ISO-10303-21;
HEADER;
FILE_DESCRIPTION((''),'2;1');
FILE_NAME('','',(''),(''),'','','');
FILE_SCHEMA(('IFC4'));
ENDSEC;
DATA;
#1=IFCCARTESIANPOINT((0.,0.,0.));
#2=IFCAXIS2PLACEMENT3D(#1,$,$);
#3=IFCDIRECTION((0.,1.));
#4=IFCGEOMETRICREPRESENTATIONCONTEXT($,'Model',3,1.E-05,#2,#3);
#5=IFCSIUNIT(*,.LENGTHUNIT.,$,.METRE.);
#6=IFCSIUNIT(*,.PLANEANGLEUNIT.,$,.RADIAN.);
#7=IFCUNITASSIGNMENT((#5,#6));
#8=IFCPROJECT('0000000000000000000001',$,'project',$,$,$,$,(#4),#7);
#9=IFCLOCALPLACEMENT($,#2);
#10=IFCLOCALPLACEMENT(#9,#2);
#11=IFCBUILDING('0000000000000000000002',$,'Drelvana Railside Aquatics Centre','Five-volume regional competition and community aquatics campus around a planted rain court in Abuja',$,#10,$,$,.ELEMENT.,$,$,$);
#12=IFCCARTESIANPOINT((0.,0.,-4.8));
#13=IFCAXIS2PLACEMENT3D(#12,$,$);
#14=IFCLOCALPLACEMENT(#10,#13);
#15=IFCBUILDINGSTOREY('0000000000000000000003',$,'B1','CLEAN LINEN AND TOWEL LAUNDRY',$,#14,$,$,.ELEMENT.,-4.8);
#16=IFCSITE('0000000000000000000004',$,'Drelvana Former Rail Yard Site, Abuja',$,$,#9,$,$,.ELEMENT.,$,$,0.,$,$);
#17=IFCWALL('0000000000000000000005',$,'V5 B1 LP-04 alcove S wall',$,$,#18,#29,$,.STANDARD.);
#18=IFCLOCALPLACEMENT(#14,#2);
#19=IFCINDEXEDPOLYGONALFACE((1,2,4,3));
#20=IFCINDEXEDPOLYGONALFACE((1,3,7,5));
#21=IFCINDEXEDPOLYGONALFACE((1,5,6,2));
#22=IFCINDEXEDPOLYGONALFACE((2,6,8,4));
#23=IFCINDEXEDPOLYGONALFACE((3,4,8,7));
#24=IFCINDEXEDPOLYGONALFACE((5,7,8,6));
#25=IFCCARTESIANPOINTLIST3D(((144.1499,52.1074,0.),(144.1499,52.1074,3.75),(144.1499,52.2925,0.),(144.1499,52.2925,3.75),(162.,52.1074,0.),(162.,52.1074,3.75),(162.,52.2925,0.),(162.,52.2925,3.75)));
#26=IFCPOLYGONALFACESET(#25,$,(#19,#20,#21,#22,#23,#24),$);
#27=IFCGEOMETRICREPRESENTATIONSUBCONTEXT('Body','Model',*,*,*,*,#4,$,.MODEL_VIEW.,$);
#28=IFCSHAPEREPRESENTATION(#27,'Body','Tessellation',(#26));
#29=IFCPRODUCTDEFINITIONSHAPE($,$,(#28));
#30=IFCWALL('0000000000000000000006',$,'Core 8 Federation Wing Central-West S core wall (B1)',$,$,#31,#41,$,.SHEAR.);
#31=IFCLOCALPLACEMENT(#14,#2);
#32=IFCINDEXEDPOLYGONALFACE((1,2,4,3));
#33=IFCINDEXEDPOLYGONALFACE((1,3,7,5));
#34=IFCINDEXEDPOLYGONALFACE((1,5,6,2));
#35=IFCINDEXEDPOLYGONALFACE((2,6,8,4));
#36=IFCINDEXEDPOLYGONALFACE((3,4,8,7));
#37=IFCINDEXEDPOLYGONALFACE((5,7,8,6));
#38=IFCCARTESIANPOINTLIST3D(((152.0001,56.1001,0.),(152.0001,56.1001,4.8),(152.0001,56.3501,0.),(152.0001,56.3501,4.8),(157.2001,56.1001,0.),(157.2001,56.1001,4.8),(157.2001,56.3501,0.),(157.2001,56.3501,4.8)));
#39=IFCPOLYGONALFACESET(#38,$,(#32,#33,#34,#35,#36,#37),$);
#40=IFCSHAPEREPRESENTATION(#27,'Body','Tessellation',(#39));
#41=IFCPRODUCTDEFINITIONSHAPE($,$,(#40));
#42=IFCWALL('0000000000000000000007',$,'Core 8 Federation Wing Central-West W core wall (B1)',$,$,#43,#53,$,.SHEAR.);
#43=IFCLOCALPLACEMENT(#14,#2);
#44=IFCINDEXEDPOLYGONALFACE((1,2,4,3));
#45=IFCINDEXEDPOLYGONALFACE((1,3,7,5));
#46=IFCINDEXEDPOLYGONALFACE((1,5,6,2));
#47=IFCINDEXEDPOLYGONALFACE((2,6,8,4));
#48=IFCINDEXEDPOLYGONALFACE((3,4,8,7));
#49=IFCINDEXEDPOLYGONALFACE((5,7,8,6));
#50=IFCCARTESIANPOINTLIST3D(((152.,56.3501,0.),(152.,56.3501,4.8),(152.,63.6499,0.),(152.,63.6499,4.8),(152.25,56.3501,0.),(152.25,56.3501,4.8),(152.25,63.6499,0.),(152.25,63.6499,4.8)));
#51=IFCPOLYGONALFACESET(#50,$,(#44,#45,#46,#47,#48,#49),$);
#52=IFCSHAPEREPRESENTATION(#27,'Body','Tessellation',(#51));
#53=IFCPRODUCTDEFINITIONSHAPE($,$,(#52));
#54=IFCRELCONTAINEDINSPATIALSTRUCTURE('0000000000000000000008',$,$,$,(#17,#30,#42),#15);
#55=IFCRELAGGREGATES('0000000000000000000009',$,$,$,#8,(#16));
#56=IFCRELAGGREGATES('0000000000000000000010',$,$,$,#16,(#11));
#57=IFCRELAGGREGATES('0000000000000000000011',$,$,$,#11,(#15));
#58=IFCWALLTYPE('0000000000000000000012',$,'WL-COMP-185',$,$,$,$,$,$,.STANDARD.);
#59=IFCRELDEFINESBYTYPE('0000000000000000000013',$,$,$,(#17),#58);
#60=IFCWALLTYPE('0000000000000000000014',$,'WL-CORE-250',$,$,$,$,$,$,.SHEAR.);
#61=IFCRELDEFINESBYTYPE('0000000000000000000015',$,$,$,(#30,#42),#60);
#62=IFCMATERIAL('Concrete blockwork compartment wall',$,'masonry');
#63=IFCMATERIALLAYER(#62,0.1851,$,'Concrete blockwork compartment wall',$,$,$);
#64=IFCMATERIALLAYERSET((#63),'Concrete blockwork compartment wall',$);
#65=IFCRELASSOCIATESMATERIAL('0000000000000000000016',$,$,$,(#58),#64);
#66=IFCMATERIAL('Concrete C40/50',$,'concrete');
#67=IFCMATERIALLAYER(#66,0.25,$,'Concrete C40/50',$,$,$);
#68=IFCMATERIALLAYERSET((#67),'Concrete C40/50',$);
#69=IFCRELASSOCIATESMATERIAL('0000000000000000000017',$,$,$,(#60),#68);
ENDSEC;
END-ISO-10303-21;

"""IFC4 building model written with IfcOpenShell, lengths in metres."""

from ifc_helpers import new_model, si_unit, direction, frame, frame_2d, origin, place, context, subcontext, project, spatial, rectangle, extrude, material, layer, layer_set, type_object, element, save


model = new_model("IFC4")

# Units and contexts
model_context = context("Model", 3, precision=1e-05, world=origin(), true_north=direction((0.0, 1.0)))
body_context = subcontext(model_context, "Body", "Model", "MODEL_VIEW")
ifc_project = project(units=[si_unit("LENGTHUNIT", "METRE"), si_unit("PLANEANGLEUNIT", "RADIAN")], contexts=[model_context])

# Site, building, storey
site_placement = place(None, origin())
site = spatial("IfcSite", under=ifc_project, at=site_placement, Name="Drelvana Former Rail Yard Site, Abuja", CompositionType="ELEMENT", RefElevation=0.0)
building_placement = place(site_placement, origin())
building = spatial("IfcBuilding", under=site, at=building_placement, Name="Drelvana Railside Aquatics Centre", Description="Five-volume regional competition and community aquatics campus around a planted rain court in Abuja", CompositionType="ELEMENT")
storey_placement = place(building_placement, frame((0.0, 0.0, -4.8)))
storey = spatial("IfcBuildingStorey", under=building, at=storey_placement, Name="B1", Description="CLEAN LINEN AND TOWEL LAUNDRY", CompositionType="ELEMENT", Elevation=-4.8)

# Shared definitions
ifc_material_1 = material(Name="Concrete C40/50", Category="concrete")

# Walls
ifc_material_2 = material(Name="Concrete blockwork compartment wall", Category="masonry")
ifc_layer_1 = layer(ifc_material_2, 0.1851, Name="Concrete blockwork compartment wall")
ifc_layer_set_1 = layer_set([ifc_layer_1], Name="Concrete blockwork compartment wall")
wall_type_1 = type_object("IfcWallType", Name="WL-COMP-185", PredefinedType="STANDARD", material=ifc_layer_set_1)
wall_1_placement = place(storey_placement, frame((144.1499, 52.2, 0.0), z_axis=(0.0, 0.0, 1.0), x_axis=(1.0, 0.0, 0.0)))
element("IfcWall", 1, at=wall_1_placement, inside=storey, type_object=wall_type_1, Name="V5 B1 LP-04 alcove S wall", PredefinedType="STANDARD", context=body_context, shape_type="SweptSolid", body=[
    extrude(rectangle(XDim=17.8501, YDim=0.1851, at=frame_2d((8.925, 0.0))), origin(), (0.0, 0.0, 1.0), 3.75),
])
ifc_layer_2 = layer(ifc_material_1, 0.25, Name="Concrete C40/50")
ifc_layer_set_2 = layer_set([ifc_layer_2], Name="Concrete C40/50")
wall_type_2 = type_object("IfcWallType", Name="WL-CORE-250", PredefinedType="SHEAR", material=ifc_layer_set_2)
wall_2_placement = place(storey_placement, frame((152.0, 56.2251, 0.0), z_axis=(0.0, 0.0, 1.0), x_axis=(1.0, 0.0, 0.0)))
element("IfcWall", 2, at=wall_2_placement, inside=storey, type_object=wall_type_2, Name="Core 8 Federation Wing Central-West S core wall (B1)", PredefinedType="SHEAR", context=body_context, shape_type="SweptSolid", body=[
    extrude(rectangle(XDim=5.2, YDim=0.25, at=frame_2d((2.6001, 0.0))), origin(), (0.0, 0.0, 1.0), 4.8),
])
wall_3_placement = place(storey_placement, frame((152.125, 56.3501, 0.0), z_axis=(0.0, 0.0, 1.0), x_axis=(0.0, 1.0, 0.0)))
element("IfcWall", 3, at=wall_3_placement, inside=storey, type_object=wall_type_2, Name="Core 8 Federation Wing Central-West W core wall (B1)", PredefinedType="SHEAR", context=body_context, shape_type="SweptSolid", body=[
    extrude(rectangle(XDim=7.2998, YDim=0.25, at=frame_2d((3.6499, 0.0))), origin(), (0.0, 0.0, 1.0), 4.8),
])

save(model, "model.ifc")
